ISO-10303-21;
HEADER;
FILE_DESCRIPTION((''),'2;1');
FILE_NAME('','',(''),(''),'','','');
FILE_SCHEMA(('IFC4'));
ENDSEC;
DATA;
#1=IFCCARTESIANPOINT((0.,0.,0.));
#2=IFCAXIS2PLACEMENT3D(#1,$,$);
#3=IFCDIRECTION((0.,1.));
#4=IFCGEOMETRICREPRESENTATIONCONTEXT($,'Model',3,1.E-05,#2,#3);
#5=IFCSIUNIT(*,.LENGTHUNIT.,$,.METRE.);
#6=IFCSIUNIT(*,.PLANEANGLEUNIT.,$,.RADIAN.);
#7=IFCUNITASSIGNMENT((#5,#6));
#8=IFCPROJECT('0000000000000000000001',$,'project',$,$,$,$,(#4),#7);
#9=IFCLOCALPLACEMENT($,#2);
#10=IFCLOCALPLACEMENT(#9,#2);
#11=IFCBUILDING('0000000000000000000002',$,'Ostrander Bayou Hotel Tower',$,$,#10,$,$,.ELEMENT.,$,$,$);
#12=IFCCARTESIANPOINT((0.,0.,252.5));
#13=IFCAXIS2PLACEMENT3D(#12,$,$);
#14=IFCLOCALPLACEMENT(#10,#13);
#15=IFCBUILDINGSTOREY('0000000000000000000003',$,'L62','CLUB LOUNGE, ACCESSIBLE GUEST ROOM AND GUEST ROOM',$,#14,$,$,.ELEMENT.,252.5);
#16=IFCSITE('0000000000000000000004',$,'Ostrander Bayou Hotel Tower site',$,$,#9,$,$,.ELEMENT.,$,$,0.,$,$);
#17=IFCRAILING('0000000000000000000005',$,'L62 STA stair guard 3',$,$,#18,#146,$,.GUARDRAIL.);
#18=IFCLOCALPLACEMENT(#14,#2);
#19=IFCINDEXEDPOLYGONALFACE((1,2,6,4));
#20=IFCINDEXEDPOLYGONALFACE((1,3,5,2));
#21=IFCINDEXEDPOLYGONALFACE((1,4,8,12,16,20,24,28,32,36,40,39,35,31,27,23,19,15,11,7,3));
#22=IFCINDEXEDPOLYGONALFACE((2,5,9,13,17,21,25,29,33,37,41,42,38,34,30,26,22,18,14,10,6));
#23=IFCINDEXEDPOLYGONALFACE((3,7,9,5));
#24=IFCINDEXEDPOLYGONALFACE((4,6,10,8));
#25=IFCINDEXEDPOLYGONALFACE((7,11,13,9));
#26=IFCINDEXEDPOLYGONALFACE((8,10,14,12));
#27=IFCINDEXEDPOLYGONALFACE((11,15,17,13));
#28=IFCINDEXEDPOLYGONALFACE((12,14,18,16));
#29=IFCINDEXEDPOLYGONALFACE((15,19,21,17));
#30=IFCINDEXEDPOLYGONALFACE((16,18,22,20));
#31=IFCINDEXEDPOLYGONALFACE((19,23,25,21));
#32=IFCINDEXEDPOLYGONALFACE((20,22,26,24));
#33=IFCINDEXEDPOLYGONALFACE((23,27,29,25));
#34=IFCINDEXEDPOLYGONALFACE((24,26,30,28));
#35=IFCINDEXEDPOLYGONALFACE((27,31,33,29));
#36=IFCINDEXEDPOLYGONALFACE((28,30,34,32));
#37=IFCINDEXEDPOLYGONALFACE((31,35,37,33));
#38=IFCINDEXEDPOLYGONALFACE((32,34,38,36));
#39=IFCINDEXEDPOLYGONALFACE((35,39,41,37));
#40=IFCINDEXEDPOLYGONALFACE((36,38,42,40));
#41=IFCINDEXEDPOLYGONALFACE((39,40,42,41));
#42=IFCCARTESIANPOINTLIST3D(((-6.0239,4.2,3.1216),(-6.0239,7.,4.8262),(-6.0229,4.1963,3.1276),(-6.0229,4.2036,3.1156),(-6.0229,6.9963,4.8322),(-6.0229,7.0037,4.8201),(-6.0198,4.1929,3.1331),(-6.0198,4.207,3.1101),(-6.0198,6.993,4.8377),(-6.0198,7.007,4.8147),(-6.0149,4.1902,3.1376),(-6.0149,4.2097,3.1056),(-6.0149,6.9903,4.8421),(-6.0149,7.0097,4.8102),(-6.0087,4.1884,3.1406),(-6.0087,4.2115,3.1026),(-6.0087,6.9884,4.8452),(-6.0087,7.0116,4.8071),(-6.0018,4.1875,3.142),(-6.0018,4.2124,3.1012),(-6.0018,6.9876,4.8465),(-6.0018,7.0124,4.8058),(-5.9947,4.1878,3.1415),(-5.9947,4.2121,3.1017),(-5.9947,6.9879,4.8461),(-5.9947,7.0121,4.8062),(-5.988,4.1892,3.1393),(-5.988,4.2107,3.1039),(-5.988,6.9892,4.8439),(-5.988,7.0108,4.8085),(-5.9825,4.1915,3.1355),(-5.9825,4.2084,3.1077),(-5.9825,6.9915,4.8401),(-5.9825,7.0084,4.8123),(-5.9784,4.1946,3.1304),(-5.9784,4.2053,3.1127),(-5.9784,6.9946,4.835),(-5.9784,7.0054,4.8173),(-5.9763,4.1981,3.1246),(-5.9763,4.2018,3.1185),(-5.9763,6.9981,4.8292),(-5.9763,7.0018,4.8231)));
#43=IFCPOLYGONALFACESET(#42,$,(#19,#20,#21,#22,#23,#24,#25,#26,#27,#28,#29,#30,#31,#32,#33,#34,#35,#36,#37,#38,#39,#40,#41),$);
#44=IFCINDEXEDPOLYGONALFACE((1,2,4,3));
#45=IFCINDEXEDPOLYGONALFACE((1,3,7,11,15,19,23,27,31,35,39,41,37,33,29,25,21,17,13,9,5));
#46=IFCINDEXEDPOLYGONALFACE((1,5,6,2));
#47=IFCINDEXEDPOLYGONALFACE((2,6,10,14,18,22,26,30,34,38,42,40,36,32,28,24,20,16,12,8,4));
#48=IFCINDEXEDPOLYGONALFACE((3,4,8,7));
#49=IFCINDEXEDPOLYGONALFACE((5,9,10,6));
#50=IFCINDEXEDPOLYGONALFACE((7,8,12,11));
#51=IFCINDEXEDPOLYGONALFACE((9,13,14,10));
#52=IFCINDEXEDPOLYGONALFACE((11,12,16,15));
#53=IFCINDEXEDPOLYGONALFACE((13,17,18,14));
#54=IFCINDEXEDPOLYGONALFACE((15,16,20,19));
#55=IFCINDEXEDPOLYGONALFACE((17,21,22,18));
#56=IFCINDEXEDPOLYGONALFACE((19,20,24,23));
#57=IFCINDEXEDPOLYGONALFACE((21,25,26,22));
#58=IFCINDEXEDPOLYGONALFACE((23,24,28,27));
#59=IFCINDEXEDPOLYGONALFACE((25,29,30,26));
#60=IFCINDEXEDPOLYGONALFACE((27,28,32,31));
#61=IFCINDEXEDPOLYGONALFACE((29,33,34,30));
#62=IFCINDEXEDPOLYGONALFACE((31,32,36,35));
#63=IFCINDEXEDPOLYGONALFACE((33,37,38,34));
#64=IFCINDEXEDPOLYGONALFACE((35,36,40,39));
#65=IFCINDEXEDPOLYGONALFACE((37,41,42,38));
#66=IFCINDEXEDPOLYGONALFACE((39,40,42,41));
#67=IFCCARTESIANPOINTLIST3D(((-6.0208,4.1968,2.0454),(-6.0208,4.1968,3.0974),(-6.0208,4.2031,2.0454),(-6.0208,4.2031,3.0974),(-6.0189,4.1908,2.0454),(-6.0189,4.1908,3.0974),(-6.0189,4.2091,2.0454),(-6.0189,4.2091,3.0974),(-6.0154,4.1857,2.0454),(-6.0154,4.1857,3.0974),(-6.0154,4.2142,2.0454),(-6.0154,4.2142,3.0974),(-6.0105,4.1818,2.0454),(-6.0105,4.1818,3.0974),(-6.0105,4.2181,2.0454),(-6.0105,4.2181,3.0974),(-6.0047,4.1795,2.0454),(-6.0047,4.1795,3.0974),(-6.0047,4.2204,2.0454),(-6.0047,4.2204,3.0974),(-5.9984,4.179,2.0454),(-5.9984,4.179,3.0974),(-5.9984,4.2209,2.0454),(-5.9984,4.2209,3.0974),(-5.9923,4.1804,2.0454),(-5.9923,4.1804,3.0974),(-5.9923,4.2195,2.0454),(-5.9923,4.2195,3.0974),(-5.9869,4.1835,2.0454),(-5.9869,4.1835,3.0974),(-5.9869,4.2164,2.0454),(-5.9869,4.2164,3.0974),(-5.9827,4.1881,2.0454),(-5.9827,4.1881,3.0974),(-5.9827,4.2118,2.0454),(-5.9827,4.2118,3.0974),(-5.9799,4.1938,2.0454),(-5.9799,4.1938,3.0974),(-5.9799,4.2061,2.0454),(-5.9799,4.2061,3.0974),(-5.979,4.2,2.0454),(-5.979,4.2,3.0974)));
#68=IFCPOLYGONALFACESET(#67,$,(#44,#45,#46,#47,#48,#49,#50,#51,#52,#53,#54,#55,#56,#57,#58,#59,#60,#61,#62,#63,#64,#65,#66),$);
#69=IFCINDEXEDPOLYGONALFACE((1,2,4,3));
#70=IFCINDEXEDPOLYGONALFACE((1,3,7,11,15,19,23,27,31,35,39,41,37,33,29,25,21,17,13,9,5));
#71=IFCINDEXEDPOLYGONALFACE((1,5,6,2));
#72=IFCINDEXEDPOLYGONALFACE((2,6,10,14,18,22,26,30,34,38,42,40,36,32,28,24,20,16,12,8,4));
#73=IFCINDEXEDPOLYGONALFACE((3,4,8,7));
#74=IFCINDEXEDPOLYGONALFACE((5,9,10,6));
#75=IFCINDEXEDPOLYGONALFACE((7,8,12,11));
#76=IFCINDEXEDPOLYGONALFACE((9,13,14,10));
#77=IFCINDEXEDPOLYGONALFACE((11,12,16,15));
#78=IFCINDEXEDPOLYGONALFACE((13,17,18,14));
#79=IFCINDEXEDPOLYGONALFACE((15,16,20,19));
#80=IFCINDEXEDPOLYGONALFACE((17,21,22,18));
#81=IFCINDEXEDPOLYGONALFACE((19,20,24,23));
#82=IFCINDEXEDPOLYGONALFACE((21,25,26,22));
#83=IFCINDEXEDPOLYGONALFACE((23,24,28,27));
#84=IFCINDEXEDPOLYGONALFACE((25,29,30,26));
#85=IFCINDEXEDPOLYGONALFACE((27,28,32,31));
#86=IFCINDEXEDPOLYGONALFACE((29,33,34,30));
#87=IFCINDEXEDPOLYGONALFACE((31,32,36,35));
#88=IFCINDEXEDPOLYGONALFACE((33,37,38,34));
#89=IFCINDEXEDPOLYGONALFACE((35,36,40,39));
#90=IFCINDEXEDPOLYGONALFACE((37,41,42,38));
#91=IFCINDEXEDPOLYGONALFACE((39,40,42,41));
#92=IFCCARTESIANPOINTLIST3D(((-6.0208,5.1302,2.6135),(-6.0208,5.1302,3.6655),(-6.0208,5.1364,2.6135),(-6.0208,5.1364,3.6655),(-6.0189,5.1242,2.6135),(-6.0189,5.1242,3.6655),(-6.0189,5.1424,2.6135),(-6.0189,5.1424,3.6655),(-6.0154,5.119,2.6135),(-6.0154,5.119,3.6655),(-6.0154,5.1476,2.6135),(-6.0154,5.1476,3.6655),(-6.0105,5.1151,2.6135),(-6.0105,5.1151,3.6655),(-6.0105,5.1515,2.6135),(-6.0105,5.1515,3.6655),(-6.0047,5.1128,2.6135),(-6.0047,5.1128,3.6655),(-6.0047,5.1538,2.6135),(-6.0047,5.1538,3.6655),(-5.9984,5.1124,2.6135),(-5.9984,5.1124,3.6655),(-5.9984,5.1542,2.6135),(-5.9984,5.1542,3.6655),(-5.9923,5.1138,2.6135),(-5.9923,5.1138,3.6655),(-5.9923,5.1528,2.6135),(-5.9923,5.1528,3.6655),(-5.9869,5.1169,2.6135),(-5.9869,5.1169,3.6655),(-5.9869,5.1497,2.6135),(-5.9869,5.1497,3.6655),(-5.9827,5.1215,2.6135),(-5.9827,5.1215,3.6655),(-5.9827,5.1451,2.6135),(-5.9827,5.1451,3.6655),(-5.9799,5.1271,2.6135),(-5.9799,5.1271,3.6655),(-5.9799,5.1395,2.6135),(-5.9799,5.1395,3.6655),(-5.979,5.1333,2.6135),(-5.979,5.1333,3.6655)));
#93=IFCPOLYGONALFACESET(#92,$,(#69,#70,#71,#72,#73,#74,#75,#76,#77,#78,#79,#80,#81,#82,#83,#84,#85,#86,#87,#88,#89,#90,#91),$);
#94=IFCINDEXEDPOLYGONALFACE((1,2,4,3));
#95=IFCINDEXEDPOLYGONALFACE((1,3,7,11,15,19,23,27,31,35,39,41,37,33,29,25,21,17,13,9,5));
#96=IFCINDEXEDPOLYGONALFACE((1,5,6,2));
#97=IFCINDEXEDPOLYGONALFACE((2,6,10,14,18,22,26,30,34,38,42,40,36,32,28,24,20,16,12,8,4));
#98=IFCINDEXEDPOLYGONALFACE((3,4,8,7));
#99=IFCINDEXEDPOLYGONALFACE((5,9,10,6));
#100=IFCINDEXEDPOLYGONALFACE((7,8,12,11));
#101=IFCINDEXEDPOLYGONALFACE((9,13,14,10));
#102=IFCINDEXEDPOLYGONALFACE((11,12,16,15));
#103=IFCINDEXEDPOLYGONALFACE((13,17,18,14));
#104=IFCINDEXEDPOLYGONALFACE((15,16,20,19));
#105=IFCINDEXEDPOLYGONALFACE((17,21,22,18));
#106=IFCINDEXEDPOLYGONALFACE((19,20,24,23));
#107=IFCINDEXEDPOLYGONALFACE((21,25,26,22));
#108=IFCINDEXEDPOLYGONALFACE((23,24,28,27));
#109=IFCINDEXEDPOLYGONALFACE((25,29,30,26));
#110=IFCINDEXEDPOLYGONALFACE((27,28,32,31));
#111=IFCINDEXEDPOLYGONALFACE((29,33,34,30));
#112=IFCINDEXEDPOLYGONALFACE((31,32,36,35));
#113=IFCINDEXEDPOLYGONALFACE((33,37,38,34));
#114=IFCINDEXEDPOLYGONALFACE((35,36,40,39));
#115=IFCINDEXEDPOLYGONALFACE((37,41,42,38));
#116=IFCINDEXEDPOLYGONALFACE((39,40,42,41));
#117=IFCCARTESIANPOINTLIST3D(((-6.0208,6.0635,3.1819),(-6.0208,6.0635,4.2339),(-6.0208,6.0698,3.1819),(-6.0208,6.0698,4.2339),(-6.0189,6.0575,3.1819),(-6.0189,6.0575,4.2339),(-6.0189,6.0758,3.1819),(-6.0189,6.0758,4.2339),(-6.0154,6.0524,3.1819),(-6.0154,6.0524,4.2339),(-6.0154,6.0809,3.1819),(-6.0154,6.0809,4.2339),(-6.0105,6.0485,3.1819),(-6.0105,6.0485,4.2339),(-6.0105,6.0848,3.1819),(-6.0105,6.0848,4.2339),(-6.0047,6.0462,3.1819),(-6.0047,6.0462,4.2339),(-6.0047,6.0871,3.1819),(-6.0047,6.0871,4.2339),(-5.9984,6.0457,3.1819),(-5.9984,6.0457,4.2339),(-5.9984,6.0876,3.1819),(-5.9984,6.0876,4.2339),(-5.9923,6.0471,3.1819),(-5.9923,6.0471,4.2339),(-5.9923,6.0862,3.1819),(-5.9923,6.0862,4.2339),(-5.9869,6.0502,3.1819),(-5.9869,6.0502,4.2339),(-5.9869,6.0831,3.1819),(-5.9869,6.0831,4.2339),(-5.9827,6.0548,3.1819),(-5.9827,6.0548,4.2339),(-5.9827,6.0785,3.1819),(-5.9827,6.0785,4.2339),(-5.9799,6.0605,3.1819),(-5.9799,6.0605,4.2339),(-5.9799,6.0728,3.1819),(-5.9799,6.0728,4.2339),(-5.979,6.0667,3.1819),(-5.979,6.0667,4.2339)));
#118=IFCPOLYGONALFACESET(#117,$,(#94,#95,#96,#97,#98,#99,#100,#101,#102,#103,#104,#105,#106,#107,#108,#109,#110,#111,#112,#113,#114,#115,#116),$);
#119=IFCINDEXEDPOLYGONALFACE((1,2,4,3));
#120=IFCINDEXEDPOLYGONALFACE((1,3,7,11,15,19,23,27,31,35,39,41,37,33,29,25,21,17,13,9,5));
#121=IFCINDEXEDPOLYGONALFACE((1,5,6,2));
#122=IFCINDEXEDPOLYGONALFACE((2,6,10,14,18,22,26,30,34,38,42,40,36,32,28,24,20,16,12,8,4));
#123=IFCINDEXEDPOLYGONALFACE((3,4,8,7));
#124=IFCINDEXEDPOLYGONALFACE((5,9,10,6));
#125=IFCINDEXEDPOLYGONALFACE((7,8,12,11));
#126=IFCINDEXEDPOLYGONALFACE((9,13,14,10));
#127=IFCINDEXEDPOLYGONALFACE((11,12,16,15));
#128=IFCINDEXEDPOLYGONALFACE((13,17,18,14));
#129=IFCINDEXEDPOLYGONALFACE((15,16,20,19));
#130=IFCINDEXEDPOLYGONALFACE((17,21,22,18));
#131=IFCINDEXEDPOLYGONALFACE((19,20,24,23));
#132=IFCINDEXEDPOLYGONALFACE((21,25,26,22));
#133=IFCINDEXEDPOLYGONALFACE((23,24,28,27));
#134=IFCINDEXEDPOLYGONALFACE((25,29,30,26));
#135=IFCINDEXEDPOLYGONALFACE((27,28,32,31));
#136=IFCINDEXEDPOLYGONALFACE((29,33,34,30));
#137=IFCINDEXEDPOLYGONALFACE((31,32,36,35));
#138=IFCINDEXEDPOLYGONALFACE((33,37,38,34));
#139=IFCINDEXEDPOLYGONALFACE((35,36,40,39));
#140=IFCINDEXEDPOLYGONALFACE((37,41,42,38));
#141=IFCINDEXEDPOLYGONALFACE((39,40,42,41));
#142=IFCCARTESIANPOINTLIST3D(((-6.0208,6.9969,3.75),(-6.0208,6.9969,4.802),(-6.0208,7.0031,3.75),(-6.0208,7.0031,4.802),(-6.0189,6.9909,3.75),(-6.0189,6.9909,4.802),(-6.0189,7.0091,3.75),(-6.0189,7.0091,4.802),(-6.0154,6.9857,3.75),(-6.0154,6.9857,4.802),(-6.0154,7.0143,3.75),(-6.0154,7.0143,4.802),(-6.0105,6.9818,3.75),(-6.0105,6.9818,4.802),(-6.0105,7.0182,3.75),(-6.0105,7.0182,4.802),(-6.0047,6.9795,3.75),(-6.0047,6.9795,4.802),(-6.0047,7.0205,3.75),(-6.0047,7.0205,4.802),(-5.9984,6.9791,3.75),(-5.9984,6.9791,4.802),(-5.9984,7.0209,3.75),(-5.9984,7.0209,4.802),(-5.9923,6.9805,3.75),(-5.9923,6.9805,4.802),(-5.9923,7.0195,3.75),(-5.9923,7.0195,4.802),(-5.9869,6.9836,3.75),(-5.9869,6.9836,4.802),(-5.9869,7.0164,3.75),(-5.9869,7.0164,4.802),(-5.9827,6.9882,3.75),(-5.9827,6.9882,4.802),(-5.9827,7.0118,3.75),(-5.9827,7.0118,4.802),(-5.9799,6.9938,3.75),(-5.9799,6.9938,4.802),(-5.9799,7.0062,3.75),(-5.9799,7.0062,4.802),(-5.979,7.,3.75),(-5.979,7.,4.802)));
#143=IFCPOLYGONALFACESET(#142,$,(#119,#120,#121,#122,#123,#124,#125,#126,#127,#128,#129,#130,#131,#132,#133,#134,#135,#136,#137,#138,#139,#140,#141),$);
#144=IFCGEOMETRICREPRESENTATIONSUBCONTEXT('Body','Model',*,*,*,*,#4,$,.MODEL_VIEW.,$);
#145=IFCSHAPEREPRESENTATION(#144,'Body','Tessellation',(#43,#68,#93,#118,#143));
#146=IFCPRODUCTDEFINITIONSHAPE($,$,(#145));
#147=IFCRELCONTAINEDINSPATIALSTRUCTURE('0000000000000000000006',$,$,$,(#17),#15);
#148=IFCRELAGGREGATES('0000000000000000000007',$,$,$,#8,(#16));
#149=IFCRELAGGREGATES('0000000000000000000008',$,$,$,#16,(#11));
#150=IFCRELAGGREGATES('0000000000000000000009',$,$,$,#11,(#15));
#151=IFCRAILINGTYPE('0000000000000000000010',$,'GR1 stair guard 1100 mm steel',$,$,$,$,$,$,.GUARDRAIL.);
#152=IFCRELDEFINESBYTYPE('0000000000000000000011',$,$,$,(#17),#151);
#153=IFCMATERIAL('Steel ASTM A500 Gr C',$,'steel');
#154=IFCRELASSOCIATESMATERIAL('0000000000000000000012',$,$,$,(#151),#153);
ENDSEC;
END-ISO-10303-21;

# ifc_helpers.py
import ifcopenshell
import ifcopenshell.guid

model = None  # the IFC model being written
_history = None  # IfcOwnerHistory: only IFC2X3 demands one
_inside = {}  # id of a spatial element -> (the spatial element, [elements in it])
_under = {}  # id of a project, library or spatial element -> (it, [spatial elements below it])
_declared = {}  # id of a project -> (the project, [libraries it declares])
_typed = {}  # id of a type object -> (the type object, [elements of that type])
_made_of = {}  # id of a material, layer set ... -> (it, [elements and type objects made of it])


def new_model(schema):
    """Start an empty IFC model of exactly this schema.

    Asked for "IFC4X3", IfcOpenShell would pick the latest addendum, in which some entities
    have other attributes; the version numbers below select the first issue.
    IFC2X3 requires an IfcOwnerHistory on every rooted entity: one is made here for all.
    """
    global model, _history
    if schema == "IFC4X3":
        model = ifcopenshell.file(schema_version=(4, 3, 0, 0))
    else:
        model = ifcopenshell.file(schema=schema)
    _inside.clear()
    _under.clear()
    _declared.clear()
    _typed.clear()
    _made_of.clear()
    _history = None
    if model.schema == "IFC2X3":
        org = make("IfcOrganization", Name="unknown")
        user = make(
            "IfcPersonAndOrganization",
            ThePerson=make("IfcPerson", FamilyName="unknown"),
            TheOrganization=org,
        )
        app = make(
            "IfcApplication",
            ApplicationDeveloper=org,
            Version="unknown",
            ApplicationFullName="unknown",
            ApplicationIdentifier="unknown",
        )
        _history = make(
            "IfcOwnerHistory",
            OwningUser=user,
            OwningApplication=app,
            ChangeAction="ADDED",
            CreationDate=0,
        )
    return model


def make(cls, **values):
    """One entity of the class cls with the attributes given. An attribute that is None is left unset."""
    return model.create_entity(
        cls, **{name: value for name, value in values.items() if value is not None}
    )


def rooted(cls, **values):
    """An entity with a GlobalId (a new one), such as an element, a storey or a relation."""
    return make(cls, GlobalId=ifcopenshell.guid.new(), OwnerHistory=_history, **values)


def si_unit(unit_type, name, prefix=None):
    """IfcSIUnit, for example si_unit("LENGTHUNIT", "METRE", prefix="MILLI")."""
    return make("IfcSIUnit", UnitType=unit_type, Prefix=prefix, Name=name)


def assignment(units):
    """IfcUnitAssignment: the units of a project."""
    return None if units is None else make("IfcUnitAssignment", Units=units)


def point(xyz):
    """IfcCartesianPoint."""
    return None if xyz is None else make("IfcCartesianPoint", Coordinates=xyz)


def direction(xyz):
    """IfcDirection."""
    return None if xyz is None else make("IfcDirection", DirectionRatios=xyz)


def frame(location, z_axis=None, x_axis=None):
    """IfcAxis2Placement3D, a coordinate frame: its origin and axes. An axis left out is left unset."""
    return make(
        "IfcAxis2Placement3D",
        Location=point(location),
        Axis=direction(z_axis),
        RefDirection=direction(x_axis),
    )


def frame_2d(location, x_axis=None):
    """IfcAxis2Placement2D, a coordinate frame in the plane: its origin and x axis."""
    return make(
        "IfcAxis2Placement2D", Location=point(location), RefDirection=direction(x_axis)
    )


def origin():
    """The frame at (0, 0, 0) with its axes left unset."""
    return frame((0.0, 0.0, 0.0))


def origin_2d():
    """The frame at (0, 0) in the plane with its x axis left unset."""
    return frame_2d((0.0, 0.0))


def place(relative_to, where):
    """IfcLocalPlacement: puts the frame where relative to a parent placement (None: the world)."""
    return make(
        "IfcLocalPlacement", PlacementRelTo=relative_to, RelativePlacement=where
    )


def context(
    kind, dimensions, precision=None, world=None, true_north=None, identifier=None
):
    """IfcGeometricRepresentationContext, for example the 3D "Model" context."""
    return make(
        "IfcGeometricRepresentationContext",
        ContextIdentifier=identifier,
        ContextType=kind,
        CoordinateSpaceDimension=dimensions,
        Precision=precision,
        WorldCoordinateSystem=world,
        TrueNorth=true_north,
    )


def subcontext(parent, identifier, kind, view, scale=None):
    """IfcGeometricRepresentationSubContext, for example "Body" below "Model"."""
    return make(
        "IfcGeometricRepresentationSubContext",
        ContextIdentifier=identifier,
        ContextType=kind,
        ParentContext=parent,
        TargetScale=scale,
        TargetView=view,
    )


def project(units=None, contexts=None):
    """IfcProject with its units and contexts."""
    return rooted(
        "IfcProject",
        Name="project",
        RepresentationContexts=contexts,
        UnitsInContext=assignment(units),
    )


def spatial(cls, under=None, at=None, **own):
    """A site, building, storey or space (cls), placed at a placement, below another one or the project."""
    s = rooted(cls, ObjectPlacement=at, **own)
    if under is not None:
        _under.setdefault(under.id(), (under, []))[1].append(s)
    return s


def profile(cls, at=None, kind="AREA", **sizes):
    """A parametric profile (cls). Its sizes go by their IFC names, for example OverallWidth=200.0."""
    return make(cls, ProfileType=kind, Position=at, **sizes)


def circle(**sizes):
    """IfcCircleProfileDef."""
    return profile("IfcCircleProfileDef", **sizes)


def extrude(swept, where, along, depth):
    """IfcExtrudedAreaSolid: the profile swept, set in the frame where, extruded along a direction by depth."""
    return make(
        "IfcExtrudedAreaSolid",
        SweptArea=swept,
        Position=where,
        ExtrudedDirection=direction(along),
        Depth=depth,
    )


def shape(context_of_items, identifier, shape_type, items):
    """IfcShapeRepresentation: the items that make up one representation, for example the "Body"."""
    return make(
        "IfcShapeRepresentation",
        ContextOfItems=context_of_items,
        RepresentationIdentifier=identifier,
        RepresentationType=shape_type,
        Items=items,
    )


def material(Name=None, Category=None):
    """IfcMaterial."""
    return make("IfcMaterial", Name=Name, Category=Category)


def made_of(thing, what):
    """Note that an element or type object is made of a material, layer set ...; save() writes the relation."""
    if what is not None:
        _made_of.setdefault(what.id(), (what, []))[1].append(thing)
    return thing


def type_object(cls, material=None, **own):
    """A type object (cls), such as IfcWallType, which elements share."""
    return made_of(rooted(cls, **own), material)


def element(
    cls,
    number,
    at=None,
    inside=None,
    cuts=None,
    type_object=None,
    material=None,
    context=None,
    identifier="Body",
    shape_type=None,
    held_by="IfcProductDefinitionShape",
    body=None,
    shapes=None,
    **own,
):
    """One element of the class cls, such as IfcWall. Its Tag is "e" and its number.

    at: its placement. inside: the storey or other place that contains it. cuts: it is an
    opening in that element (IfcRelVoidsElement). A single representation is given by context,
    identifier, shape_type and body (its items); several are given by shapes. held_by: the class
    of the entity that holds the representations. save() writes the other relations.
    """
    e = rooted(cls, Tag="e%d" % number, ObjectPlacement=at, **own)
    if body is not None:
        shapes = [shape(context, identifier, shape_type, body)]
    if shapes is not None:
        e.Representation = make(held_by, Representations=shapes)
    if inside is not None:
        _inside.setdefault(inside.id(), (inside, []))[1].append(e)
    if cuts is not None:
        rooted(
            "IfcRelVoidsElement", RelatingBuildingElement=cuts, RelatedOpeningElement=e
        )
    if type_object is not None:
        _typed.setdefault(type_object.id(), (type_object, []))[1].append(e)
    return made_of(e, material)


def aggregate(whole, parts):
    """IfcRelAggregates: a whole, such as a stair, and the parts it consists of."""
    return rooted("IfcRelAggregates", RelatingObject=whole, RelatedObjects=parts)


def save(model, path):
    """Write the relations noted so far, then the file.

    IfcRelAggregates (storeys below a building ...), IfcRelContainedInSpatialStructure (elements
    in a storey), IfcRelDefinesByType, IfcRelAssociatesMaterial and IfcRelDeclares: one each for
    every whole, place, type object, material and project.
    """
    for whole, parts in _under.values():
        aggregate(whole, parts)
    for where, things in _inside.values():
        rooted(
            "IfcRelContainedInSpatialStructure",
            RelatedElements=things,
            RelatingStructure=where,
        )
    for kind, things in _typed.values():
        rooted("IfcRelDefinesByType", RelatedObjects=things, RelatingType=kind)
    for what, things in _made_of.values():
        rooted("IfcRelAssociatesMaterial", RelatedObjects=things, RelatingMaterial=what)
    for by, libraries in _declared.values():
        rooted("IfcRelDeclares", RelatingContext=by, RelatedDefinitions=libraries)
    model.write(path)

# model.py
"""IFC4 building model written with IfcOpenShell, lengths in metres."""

from ifc_helpers import new_model, si_unit, direction, frame, origin, origin_2d, place, context, subcontext, project, spatial, circle, extrude, material, type_object, element, save


model = new_model("IFC4")

# Units and contexts
model_context = context("Model", 3, precision=1e-05, world=origin(), true_north=direction((0.0, 1.0)))
body_context = subcontext(model_context, "Body", "Model", "MODEL_VIEW")
ifc_project = project(units=[si_unit("LENGTHUNIT", "METRE"), si_unit("PLANEANGLEUNIT", "RADIAN")], contexts=[model_context])

# Site, building, storey
site_placement = place(None, origin())
site = spatial("IfcSite", under=ifc_project, at=site_placement, Name="Ostrander Bayou Hotel Tower site", CompositionType="ELEMENT", RefElevation=0.0)
building_placement = place(site_placement, origin())
building = spatial("IfcBuilding", under=site, at=building_placement, Name="Ostrander Bayou Hotel Tower", CompositionType="ELEMENT")
storey_placement = place(building_placement, frame((0.0, 0.0, 252.5)))
storey = spatial("IfcBuildingStorey", under=building, at=storey_placement, Name="L62", Description="CLUB LOUNGE, ACCESSIBLE GUEST ROOM AND GUEST ROOM", CompositionType="ELEMENT", Elevation=252.5)

# Railing
ifc_material_1 = material(Name="Steel ASTM A500 Gr C", Category="steel")
railing_type_1 = type_object("IfcRailingType", Name="GR1 stair guard 1100 mm steel", PredefinedType="GUARDRAIL", material=ifc_material_1)
railing_1_placement = place(storey_placement, frame((-6.0, 4.2, 2.0454)))
element("IfcRailing", 1, at=railing_1_placement, inside=storey, type_object=railing_type_1, Name="L62 STA stair guard 3", PredefinedType="GUARDRAIL", context=body_context, shape_type="SweptSolid", body=[
    extrude(circle(Radius=0.0239, at=origin_2d()), frame((0.0, 0.0, 1.0762), z_axis=(0.0, 0.85417, 0.519994), x_axis=(-1.0, 0.0, 0.0)), (0.0, 0.0, 1.0), 3.2781),
    extrude(circle(Radius=0.021, at=origin_2d()), origin(), (0.0, 0.0, 1.0), 1.052),
    extrude(circle(Radius=0.021, at=origin_2d()), frame((0.0, 0.9333, 0.5681)), (0.0, 0.0, 1.0), 1.052),
    extrude(circle(Radius=0.021, at=origin_2d()), frame((0.0, 1.8667, 1.1365)), (0.0, 0.0, 1.0), 1.052),
    extrude(circle(Radius=0.021, at=origin_2d()), frame((0.0, 2.8, 1.7046)), (0.0, 0.0, 1.0), 1.052),
])

save(model, "model.ifc")
